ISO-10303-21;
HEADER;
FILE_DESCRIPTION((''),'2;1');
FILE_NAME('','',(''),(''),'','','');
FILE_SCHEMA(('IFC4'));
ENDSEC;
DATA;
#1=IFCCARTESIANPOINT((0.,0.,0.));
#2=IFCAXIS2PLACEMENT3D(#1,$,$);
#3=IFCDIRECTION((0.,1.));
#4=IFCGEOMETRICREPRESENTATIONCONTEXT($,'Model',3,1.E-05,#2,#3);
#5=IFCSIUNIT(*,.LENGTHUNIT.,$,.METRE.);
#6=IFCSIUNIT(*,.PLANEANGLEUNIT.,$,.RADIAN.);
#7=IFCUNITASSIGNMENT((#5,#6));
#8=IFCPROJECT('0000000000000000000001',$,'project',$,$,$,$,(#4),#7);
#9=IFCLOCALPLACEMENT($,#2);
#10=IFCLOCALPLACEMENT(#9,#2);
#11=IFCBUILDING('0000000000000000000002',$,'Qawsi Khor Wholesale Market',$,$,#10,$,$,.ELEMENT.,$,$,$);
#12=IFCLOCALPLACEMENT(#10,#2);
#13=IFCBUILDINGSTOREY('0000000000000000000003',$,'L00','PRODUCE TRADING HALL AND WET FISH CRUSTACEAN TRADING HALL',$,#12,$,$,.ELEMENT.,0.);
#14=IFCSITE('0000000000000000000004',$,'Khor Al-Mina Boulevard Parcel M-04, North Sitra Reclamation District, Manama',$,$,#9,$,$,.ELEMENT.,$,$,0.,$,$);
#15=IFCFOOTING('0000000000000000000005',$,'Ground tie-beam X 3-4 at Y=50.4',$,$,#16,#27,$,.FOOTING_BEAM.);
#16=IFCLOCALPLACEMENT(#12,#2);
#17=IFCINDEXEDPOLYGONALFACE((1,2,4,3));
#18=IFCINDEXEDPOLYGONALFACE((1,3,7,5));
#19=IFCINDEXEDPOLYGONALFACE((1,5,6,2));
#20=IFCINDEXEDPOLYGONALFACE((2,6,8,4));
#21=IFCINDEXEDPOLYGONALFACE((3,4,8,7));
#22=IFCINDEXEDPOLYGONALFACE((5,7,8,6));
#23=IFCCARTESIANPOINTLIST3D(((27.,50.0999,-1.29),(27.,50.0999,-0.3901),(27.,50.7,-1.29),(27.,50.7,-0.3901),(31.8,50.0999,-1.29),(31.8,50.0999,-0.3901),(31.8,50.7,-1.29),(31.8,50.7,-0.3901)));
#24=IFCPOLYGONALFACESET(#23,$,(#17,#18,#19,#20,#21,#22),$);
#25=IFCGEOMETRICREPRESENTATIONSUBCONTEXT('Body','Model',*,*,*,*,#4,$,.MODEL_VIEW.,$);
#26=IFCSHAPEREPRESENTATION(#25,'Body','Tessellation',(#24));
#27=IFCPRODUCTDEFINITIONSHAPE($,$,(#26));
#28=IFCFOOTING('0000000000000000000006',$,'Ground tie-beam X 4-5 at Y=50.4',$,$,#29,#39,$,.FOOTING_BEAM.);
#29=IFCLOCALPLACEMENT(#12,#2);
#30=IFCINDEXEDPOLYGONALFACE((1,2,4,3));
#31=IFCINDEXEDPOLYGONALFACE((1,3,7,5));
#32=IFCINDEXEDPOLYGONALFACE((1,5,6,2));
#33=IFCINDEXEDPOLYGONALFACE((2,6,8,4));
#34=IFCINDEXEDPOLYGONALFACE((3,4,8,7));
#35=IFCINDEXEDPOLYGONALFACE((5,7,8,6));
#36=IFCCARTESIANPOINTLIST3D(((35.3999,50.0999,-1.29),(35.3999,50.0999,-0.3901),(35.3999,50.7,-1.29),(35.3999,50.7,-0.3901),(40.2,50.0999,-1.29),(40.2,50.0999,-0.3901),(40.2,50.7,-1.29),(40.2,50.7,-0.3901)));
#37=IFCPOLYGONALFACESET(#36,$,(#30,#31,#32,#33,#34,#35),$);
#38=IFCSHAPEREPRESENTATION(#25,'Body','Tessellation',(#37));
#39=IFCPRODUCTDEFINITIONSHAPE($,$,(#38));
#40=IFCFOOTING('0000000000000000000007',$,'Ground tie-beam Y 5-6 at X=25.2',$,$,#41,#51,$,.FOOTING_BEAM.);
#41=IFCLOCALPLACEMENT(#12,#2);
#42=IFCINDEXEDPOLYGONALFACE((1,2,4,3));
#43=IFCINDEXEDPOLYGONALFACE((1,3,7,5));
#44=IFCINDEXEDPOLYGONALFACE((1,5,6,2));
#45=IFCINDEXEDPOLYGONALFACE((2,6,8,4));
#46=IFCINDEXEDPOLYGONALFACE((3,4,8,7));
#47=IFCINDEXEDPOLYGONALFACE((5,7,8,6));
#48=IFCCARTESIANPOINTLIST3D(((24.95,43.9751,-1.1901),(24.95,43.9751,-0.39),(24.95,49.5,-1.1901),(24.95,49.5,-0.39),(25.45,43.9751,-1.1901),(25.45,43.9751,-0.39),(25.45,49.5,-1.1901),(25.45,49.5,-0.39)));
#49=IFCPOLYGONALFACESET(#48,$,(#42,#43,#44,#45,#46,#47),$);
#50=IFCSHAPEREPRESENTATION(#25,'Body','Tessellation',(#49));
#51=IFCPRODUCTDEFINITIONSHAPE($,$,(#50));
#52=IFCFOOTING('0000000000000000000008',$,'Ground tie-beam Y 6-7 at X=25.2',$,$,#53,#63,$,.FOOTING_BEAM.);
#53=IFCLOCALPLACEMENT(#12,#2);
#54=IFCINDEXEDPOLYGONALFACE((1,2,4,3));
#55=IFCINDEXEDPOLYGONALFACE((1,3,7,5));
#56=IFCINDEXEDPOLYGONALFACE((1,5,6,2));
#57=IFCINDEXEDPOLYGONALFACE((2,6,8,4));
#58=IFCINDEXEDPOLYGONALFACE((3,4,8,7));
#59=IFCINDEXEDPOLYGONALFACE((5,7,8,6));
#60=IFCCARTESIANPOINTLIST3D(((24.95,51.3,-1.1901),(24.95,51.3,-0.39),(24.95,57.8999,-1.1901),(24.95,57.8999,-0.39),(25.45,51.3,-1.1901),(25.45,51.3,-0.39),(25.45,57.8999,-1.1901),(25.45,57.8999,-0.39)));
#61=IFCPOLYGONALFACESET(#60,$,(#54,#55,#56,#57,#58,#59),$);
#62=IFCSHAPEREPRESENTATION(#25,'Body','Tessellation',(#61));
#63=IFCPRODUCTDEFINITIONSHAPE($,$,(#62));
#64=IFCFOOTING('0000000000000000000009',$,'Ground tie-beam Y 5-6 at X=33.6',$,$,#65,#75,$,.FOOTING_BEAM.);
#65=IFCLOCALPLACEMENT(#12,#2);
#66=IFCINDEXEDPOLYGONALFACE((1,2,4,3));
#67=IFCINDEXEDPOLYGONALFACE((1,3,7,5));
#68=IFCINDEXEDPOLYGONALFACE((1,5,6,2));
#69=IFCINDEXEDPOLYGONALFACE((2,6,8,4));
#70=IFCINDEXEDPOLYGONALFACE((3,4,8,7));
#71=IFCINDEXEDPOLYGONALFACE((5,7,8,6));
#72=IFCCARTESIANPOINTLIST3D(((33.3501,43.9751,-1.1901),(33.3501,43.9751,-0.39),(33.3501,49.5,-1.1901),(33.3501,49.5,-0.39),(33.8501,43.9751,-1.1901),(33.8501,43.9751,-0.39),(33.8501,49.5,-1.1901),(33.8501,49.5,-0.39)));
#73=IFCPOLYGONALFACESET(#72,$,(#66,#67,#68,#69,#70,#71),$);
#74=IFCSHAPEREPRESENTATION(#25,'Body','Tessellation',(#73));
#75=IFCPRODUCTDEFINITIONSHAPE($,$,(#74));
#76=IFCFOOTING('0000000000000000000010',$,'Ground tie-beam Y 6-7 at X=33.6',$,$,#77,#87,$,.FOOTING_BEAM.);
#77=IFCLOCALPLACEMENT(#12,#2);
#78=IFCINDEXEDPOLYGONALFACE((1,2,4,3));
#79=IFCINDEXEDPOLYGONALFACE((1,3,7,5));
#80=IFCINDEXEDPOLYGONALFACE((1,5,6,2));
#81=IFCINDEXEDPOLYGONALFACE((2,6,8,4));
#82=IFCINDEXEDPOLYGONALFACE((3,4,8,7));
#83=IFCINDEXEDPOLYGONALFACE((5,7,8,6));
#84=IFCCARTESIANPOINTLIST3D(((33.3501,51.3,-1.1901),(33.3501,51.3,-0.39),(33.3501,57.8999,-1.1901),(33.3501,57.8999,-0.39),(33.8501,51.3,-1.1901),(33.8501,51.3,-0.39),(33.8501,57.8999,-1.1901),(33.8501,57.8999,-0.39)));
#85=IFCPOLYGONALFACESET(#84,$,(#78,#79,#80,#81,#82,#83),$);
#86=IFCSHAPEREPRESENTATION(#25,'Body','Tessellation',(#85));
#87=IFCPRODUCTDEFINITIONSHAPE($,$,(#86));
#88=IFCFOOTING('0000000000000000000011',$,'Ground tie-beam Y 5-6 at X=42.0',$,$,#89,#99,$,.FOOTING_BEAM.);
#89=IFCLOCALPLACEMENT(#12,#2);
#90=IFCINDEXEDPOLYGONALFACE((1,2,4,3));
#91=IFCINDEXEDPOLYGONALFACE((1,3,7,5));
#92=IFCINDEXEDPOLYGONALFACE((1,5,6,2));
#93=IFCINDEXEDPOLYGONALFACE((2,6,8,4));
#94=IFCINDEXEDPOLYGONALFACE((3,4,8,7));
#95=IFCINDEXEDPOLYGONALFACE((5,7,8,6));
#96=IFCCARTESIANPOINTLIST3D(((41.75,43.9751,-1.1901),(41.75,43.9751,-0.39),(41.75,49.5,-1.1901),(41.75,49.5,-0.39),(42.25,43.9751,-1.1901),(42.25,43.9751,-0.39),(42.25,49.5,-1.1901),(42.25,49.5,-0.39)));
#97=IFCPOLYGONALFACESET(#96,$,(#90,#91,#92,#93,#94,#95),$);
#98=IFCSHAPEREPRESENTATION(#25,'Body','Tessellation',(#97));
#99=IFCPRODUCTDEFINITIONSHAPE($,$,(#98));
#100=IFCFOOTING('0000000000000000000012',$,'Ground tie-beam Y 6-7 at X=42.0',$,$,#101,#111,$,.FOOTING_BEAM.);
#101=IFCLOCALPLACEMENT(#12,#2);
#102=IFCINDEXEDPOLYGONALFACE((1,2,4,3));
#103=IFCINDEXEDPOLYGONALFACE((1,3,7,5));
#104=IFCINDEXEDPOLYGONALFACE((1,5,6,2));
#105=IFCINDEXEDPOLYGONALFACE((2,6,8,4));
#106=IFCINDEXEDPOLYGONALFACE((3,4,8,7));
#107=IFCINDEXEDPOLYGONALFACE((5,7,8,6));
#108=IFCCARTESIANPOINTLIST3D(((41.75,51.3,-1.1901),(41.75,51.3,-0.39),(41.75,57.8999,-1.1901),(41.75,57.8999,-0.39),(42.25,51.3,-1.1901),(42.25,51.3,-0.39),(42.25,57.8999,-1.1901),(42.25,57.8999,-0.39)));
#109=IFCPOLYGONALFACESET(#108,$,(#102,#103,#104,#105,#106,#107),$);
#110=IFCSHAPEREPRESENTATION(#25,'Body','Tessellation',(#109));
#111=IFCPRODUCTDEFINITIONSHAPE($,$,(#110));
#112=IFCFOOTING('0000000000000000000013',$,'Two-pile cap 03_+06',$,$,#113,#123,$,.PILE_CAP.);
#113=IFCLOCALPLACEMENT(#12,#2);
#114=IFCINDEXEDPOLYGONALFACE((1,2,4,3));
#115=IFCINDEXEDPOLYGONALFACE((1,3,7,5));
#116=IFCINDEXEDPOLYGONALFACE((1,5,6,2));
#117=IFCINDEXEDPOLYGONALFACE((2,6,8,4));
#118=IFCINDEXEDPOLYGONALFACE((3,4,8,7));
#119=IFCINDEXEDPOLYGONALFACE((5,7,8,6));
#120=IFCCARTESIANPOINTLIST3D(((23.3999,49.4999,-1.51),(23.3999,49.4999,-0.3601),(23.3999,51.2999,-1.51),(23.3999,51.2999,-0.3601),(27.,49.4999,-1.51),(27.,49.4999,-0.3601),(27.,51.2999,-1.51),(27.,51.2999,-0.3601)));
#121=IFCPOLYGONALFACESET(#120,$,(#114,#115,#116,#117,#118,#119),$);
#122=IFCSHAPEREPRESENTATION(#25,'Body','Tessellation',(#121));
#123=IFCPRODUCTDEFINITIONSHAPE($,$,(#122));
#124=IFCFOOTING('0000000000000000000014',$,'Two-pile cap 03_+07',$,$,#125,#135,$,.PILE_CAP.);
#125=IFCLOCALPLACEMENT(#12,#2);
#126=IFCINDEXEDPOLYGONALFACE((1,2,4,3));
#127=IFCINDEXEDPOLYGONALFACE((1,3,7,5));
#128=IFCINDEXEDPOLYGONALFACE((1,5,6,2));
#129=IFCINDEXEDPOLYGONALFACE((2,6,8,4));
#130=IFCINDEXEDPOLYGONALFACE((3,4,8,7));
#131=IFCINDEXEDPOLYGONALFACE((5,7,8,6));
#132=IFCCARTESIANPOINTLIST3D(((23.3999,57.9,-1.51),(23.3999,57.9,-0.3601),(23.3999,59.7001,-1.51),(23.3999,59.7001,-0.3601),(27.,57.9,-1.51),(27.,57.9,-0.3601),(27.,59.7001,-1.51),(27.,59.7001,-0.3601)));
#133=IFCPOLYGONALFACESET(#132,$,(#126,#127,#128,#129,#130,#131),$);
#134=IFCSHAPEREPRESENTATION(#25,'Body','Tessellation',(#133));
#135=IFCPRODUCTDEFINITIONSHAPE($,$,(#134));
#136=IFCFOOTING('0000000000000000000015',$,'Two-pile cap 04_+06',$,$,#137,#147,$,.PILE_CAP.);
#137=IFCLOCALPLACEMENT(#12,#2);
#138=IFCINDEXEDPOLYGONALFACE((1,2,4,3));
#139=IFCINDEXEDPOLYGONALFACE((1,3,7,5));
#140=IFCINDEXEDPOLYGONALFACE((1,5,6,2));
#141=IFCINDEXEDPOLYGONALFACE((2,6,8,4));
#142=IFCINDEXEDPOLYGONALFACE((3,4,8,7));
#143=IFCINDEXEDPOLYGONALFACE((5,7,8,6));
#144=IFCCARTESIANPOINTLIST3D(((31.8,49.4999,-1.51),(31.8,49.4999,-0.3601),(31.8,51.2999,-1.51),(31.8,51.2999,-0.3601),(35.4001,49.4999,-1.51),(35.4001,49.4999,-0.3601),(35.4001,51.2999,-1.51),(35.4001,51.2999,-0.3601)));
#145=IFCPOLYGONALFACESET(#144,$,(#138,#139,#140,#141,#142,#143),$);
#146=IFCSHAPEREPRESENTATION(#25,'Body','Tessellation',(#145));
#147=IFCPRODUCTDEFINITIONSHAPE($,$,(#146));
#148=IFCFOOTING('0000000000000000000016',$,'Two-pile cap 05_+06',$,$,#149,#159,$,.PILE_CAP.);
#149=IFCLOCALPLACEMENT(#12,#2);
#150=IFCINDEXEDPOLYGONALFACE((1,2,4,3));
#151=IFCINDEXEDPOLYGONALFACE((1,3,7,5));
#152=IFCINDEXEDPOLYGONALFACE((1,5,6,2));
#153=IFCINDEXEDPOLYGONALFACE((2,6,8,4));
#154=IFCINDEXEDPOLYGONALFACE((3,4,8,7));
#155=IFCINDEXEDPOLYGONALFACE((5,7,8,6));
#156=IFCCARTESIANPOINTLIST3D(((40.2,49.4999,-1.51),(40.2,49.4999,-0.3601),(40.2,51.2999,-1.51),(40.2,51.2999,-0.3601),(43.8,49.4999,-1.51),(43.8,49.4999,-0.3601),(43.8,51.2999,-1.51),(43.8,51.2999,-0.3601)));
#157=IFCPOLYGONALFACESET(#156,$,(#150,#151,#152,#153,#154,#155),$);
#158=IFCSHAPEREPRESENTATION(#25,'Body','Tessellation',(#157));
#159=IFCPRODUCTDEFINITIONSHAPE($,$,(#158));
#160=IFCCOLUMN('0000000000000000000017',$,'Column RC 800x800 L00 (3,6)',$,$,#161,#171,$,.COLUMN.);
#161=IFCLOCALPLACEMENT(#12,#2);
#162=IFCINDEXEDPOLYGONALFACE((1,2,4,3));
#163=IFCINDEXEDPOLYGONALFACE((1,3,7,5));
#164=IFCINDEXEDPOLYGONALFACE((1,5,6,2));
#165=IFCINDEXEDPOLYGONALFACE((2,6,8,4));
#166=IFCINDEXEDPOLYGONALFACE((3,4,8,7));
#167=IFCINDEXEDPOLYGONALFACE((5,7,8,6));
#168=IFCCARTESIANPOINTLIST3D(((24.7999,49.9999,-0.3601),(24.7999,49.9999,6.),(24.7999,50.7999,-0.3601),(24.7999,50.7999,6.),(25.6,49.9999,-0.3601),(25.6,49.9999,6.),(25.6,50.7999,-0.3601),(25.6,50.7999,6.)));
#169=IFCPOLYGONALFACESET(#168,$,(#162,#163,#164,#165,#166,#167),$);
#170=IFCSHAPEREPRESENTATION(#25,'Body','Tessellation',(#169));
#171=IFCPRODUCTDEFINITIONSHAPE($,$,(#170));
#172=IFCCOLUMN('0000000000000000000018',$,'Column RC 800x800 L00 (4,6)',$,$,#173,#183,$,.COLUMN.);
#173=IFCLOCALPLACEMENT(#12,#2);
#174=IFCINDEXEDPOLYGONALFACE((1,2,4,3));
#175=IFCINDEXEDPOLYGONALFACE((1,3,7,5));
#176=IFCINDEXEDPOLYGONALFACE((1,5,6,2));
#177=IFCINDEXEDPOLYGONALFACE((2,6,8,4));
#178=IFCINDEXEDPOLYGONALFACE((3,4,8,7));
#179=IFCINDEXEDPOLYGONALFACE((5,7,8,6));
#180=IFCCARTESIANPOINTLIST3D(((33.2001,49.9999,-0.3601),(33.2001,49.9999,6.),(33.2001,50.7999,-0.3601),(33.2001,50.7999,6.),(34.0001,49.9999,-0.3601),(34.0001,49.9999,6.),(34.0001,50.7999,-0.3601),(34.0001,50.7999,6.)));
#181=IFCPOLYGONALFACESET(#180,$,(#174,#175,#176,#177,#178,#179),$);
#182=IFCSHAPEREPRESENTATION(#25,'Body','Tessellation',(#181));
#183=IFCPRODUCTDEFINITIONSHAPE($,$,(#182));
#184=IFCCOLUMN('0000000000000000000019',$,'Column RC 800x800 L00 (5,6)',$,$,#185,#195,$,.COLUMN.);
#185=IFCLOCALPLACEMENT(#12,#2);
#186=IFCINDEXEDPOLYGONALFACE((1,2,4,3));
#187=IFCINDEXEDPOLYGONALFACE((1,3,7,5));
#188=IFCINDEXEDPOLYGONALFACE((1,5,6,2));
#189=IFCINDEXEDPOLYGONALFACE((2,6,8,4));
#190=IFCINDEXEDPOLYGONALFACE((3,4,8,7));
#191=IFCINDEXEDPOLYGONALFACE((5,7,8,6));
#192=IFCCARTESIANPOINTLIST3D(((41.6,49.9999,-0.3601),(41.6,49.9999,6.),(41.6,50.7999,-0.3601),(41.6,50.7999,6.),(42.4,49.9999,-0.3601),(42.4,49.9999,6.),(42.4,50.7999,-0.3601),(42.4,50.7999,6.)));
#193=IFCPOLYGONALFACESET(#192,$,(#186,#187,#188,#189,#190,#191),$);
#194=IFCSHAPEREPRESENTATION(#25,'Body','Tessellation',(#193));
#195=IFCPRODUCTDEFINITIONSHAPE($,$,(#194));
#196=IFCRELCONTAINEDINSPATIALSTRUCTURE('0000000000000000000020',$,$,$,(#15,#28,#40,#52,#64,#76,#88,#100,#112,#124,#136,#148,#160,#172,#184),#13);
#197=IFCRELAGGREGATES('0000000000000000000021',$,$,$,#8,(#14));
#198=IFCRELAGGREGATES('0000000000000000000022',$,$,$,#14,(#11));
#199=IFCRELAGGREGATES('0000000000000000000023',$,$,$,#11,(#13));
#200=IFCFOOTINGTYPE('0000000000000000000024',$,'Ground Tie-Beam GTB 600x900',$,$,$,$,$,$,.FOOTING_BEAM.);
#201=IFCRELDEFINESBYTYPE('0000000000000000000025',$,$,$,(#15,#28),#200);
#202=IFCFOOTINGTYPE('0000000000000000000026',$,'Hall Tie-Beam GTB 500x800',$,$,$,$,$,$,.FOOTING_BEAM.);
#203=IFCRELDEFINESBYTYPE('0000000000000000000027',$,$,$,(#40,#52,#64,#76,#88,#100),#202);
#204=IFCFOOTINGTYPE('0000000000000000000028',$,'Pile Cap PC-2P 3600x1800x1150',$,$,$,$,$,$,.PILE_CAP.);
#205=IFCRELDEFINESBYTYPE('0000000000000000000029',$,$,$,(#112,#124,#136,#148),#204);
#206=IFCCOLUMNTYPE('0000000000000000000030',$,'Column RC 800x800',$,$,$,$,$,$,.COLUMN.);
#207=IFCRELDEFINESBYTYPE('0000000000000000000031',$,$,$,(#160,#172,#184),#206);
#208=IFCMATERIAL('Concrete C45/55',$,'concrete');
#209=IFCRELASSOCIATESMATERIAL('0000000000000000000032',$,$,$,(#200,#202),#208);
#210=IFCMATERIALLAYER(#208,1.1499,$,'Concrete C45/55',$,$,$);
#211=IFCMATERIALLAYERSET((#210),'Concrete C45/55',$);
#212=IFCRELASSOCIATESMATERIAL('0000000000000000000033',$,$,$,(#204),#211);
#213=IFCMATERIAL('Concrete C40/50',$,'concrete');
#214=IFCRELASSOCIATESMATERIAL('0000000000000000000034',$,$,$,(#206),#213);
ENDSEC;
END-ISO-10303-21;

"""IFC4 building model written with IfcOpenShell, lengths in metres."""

from ifc_helpers import new_model, si_unit, direction, frame, origin, origin_2d, place, context, subcontext, project, spatial, rectangle, extrude, material, layer, layer_set, material_profile, profile_set, type_object, element, save


model = new_model("IFC4")

# Units and contexts
model_context = context("Model", 3, precision=1e-05, world=origin(), true_north=direction((0.0, 1.0)))
body_context = subcontext(model_context, "Body", "Model", "MODEL_VIEW")
ifc_project = project(units=[si_unit("LENGTHUNIT", "METRE"), si_unit("PLANEANGLEUNIT", "RADIAN")], contexts=[model_context])

# Site, building, storey
site_placement = place(None, origin())
site = spatial("IfcSite", under=ifc_project, at=site_placement, Name="Khor Al-Mina Boulevard Parcel M-04, North Sitra Reclamation District, Manama", CompositionType="ELEMENT", RefElevation=0.0)
building_placement = place(site_placement, origin())
building = spatial("IfcBuilding", under=site, at=building_placement, Name="Qawsi Khor Wholesale Market", CompositionType="ELEMENT")
storey_placement = place(building_placement, origin())
storey = spatial("IfcBuildingStorey", under=building, at=storey_placement, Name="L00", Description="PRODUCE TRADING HALL AND WET FISH CRUSTACEAN TRADING HALL", CompositionType="ELEMENT", Elevation=0.0)

# Shared definitions
ifc_material_1 = material(Name="Concrete C45/55", Category="concrete")

# Footings
ifc_material_profile_1 = material_profile(ifc_material_1, rectangle(XDim=0.6001, YDim=0.8999, at=origin_2d()), Name="RC 600x900")
ifc_profile_set_1 = profile_set([ifc_material_profile_1], Name="Concrete C45/55")
footing_type_1 = type_object("IfcFootingType", Name="Ground Tie-Beam GTB 600x900", PredefinedType="FOOTING_BEAM", material=ifc_profile_set_1)
for number, where, z_axis, x_axis, name in (
    (1, (27.0, 50.3999, -0.8401), (1.0, 0.0, 0.0), (0.0, 1.0, 0.0), "Ground tie-beam X 3-4 at Y=50.4"),
    (2, (35.3999, 50.3999, -0.8401), (1.0, 0.0, 0.0), (0.0, 1.0, 0.0), "Ground tie-beam X 4-5 at Y=50.4"),
):
    element("IfcFooting", number, at=place(storey_placement, frame(where, z_axis=z_axis, x_axis=x_axis)), inside=storey, type_object=footing_type_1, Name=name, PredefinedType="FOOTING_BEAM", context=body_context, shape_type="SweptSolid", body=[
        extrude(rectangle(XDim=0.6001, YDim=0.8999, at=origin_2d()), origin(), (0.0, 0.0, 1.0), 4.8),
    ])
ifc_material_profile_2 = material_profile(ifc_material_1, rectangle(XDim=0.5, YDim=0.8, at=origin_2d()), Name="RC 500x800")
ifc_profile_set_2 = profile_set([ifc_material_profile_2], Name="Concrete C45/55")
footing_type_2 = type_object("IfcFootingType", Name="Hall Tie-Beam GTB 500x800", PredefinedType="FOOTING_BEAM", material=ifc_profile_set_2)
footing_1_placement = place(storey_placement, frame((25.2, 43.9751, -0.79), z_axis=(0.0, 1.0, 0.0), x_axis=(-1.0, 0.0, 0.0)))
element("IfcFooting", 3, at=footing_1_placement, inside=storey, type_object=footing_type_2, Name="Ground tie-beam Y 5-6 at X=25.2", PredefinedType="FOOTING_BEAM", context=body_context, shape_type="SweptSolid", body=[
    extrude(rectangle(XDim=0.5, YDim=0.8, at=origin_2d()), origin(), (0.0, 0.0, 1.0), 5.5249),
])
footing_2_placement = place(storey_placement, frame((25.2, 51.3, -0.79), z_axis=(0.0, 1.0, 0.0), x_axis=(-1.0, 0.0, 0.0)))
element("IfcFooting", 4, at=footing_2_placement, inside=storey, type_object=footing_type_2, Name="Ground tie-beam Y 6-7 at X=25.2", PredefinedType="FOOTING_BEAM", context=body_context, shape_type="SweptSolid", body=[
    extrude(rectangle(XDim=0.5, YDim=0.8, at=origin_2d()), origin(), (0.0, 0.0, 1.0), 6.5999),
])
footing_3_placement = place(storey_placement, frame((33.6001, 43.9751, -0.79), z_axis=(0.0, 1.0, 0.0), x_axis=(-1.0, 0.0, 0.0)))
element("IfcFooting", 5, at=footing_3_placement, inside=storey, type_object=footing_type_2, Name="Ground tie-beam Y 5-6 at X=33.6", PredefinedType="FOOTING_BEAM", context=body_context, shape_type="SweptSolid", body=[
    extrude(rectangle(XDim=0.5, YDim=0.8, at=origin_2d()), origin(), (0.0, 0.0, 1.0), 5.5249),
])
footing_4_placement = place(storey_placement, frame((33.6001, 51.3, -0.79), z_axis=(0.0, 1.0, 0.0), x_axis=(-1.0, 0.0, 0.0)))
element("IfcFooting", 6, at=footing_4_placement, inside=storey, type_object=footing_type_2, Name="Ground tie-beam Y 6-7 at X=33.6", PredefinedType="FOOTING_BEAM", context=body_context, shape_type="SweptSolid", body=[
    extrude(rectangle(XDim=0.5, YDim=0.8, at=origin_2d()), origin(), (0.0, 0.0, 1.0), 6.5999),
])
footing_5_placement = place(storey_placement, frame((42.0, 43.9751, -0.79), z_axis=(0.0, 1.0, 0.0), x_axis=(-1.0, 0.0, 0.0)))
element("IfcFooting", 7, at=footing_5_placement, inside=storey, type_object=footing_type_2, Name="Ground tie-beam Y 5-6 at X=42.0", PredefinedType="FOOTING_BEAM", context=body_context, shape_type="SweptSolid", body=[
    extrude(rectangle(XDim=0.5, YDim=0.8, at=origin_2d()), origin(), (0.0, 0.0, 1.0), 5.5249),
])
footing_6_placement = place(storey_placement, frame((42.0, 51.3, -0.79), z_axis=(0.0, 1.0, 0.0), x_axis=(-1.0, 0.0, 0.0)))
element("IfcFooting", 8, at=footing_6_placement, inside=storey, type_object=footing_type_2, Name="Ground tie-beam Y 6-7 at X=42.0", PredefinedType="FOOTING_BEAM", context=body_context, shape_type="SweptSolid", body=[
    extrude(rectangle(XDim=0.5, YDim=0.8, at=origin_2d()), origin(), (0.0, 0.0, 1.0), 6.5999),
])
ifc_layer_1 = layer(ifc_material_1, 1.1499, Name="Concrete C45/55")
ifc_layer_set_1 = layer_set([ifc_layer_1], Name="Concrete C45/55")
footing_type_3 = type_object("IfcFootingType", Name="Pile Cap PC-2P 3600x1800x1150", PredefinedType="PILE_CAP", material=ifc_layer_set_1)
for number, where, z_axis, x_axis, name in (
    (9, (25.2, 50.3999, -1.51), (0.0, 0.0, 1.0), (1.0, 0.0, 0.0), "Two-pile cap 03_+06"),
    (10, (25.2, 58.8, -1.51), (0.0, 0.0, 1.0), (1.0, 0.0, 0.0), "Two-pile cap 03_+07"),
    (11, (33.6001, 50.3999, -1.51), (0.0, 0.0, 1.0), (1.0, 0.0, 0.0), "Two-pile cap 04_+06"),
    (12, (42.0, 50.3999, -1.51), (0.0, 0.0, 1.0), (1.0, 0.0, 0.0), "Two-pile cap 05_+06"),
):
    element("IfcFooting", number, at=place(storey_placement, frame(where, z_axis=z_axis, x_axis=x_axis)), inside=storey, type_object=footing_type_3, Name=name, PredefinedType="PILE_CAP", context=body_context, shape_type="SweptSolid", body=[
        extrude(rectangle(XDim=3.6001, YDim=1.8, at=origin_2d()), origin(), (0.0, 0.0, 1.0), 1.1499),
    ])

# Columns
ifc_material_2 = material(Name="Concrete C40/50", Category="concrete")
ifc_material_profile_3 = material_profile(ifc_material_2, rectangle(XDim=0.8, YDim=0.8, at=origin_2d()), Name="RC 800x800")
ifc_profile_set_3 = profile_set([ifc_material_profile_3], Name="Concrete C40/50")
column_type = type_object("IfcColumnType", Name="Column RC 800x800", PredefinedType="COLUMN", material=ifc_profile_set_3)
for number, where, z_axis, x_axis, name in (
    (13, (25.2, 50.3999, -0.3601), (0.0, 0.0, 1.0), (1.0, 0.0, 0.0), "Column RC 800x800 L00 (3,6)"),
    (14, (33.6001, 50.3999, -0.3601), (0.0, 0.0, 1.0), (1.0, 0.0, 0.0), "Column RC 800x800 L00 (4,6)"),
    (15, (42.0, 50.3999, -0.3601), (0.0, 0.0, 1.0), (1.0, 0.0, 0.0), "Column RC 800x800 L00 (5,6)"),
):
    element("IfcColumn", number, at=place(storey_placement, frame(where, z_axis=z_axis, x_axis=x_axis)), inside=storey, type_object=column_type, Name=name, PredefinedType="COLUMN", context=body_context, shape_type="SweptSolid", body=[
        extrude(rectangle(XDim=0.8, YDim=0.8, at=origin_2d()), origin(), (0.0, 0.0, 1.0), 6.3601),
    ])

save(model, "model.ifc")
